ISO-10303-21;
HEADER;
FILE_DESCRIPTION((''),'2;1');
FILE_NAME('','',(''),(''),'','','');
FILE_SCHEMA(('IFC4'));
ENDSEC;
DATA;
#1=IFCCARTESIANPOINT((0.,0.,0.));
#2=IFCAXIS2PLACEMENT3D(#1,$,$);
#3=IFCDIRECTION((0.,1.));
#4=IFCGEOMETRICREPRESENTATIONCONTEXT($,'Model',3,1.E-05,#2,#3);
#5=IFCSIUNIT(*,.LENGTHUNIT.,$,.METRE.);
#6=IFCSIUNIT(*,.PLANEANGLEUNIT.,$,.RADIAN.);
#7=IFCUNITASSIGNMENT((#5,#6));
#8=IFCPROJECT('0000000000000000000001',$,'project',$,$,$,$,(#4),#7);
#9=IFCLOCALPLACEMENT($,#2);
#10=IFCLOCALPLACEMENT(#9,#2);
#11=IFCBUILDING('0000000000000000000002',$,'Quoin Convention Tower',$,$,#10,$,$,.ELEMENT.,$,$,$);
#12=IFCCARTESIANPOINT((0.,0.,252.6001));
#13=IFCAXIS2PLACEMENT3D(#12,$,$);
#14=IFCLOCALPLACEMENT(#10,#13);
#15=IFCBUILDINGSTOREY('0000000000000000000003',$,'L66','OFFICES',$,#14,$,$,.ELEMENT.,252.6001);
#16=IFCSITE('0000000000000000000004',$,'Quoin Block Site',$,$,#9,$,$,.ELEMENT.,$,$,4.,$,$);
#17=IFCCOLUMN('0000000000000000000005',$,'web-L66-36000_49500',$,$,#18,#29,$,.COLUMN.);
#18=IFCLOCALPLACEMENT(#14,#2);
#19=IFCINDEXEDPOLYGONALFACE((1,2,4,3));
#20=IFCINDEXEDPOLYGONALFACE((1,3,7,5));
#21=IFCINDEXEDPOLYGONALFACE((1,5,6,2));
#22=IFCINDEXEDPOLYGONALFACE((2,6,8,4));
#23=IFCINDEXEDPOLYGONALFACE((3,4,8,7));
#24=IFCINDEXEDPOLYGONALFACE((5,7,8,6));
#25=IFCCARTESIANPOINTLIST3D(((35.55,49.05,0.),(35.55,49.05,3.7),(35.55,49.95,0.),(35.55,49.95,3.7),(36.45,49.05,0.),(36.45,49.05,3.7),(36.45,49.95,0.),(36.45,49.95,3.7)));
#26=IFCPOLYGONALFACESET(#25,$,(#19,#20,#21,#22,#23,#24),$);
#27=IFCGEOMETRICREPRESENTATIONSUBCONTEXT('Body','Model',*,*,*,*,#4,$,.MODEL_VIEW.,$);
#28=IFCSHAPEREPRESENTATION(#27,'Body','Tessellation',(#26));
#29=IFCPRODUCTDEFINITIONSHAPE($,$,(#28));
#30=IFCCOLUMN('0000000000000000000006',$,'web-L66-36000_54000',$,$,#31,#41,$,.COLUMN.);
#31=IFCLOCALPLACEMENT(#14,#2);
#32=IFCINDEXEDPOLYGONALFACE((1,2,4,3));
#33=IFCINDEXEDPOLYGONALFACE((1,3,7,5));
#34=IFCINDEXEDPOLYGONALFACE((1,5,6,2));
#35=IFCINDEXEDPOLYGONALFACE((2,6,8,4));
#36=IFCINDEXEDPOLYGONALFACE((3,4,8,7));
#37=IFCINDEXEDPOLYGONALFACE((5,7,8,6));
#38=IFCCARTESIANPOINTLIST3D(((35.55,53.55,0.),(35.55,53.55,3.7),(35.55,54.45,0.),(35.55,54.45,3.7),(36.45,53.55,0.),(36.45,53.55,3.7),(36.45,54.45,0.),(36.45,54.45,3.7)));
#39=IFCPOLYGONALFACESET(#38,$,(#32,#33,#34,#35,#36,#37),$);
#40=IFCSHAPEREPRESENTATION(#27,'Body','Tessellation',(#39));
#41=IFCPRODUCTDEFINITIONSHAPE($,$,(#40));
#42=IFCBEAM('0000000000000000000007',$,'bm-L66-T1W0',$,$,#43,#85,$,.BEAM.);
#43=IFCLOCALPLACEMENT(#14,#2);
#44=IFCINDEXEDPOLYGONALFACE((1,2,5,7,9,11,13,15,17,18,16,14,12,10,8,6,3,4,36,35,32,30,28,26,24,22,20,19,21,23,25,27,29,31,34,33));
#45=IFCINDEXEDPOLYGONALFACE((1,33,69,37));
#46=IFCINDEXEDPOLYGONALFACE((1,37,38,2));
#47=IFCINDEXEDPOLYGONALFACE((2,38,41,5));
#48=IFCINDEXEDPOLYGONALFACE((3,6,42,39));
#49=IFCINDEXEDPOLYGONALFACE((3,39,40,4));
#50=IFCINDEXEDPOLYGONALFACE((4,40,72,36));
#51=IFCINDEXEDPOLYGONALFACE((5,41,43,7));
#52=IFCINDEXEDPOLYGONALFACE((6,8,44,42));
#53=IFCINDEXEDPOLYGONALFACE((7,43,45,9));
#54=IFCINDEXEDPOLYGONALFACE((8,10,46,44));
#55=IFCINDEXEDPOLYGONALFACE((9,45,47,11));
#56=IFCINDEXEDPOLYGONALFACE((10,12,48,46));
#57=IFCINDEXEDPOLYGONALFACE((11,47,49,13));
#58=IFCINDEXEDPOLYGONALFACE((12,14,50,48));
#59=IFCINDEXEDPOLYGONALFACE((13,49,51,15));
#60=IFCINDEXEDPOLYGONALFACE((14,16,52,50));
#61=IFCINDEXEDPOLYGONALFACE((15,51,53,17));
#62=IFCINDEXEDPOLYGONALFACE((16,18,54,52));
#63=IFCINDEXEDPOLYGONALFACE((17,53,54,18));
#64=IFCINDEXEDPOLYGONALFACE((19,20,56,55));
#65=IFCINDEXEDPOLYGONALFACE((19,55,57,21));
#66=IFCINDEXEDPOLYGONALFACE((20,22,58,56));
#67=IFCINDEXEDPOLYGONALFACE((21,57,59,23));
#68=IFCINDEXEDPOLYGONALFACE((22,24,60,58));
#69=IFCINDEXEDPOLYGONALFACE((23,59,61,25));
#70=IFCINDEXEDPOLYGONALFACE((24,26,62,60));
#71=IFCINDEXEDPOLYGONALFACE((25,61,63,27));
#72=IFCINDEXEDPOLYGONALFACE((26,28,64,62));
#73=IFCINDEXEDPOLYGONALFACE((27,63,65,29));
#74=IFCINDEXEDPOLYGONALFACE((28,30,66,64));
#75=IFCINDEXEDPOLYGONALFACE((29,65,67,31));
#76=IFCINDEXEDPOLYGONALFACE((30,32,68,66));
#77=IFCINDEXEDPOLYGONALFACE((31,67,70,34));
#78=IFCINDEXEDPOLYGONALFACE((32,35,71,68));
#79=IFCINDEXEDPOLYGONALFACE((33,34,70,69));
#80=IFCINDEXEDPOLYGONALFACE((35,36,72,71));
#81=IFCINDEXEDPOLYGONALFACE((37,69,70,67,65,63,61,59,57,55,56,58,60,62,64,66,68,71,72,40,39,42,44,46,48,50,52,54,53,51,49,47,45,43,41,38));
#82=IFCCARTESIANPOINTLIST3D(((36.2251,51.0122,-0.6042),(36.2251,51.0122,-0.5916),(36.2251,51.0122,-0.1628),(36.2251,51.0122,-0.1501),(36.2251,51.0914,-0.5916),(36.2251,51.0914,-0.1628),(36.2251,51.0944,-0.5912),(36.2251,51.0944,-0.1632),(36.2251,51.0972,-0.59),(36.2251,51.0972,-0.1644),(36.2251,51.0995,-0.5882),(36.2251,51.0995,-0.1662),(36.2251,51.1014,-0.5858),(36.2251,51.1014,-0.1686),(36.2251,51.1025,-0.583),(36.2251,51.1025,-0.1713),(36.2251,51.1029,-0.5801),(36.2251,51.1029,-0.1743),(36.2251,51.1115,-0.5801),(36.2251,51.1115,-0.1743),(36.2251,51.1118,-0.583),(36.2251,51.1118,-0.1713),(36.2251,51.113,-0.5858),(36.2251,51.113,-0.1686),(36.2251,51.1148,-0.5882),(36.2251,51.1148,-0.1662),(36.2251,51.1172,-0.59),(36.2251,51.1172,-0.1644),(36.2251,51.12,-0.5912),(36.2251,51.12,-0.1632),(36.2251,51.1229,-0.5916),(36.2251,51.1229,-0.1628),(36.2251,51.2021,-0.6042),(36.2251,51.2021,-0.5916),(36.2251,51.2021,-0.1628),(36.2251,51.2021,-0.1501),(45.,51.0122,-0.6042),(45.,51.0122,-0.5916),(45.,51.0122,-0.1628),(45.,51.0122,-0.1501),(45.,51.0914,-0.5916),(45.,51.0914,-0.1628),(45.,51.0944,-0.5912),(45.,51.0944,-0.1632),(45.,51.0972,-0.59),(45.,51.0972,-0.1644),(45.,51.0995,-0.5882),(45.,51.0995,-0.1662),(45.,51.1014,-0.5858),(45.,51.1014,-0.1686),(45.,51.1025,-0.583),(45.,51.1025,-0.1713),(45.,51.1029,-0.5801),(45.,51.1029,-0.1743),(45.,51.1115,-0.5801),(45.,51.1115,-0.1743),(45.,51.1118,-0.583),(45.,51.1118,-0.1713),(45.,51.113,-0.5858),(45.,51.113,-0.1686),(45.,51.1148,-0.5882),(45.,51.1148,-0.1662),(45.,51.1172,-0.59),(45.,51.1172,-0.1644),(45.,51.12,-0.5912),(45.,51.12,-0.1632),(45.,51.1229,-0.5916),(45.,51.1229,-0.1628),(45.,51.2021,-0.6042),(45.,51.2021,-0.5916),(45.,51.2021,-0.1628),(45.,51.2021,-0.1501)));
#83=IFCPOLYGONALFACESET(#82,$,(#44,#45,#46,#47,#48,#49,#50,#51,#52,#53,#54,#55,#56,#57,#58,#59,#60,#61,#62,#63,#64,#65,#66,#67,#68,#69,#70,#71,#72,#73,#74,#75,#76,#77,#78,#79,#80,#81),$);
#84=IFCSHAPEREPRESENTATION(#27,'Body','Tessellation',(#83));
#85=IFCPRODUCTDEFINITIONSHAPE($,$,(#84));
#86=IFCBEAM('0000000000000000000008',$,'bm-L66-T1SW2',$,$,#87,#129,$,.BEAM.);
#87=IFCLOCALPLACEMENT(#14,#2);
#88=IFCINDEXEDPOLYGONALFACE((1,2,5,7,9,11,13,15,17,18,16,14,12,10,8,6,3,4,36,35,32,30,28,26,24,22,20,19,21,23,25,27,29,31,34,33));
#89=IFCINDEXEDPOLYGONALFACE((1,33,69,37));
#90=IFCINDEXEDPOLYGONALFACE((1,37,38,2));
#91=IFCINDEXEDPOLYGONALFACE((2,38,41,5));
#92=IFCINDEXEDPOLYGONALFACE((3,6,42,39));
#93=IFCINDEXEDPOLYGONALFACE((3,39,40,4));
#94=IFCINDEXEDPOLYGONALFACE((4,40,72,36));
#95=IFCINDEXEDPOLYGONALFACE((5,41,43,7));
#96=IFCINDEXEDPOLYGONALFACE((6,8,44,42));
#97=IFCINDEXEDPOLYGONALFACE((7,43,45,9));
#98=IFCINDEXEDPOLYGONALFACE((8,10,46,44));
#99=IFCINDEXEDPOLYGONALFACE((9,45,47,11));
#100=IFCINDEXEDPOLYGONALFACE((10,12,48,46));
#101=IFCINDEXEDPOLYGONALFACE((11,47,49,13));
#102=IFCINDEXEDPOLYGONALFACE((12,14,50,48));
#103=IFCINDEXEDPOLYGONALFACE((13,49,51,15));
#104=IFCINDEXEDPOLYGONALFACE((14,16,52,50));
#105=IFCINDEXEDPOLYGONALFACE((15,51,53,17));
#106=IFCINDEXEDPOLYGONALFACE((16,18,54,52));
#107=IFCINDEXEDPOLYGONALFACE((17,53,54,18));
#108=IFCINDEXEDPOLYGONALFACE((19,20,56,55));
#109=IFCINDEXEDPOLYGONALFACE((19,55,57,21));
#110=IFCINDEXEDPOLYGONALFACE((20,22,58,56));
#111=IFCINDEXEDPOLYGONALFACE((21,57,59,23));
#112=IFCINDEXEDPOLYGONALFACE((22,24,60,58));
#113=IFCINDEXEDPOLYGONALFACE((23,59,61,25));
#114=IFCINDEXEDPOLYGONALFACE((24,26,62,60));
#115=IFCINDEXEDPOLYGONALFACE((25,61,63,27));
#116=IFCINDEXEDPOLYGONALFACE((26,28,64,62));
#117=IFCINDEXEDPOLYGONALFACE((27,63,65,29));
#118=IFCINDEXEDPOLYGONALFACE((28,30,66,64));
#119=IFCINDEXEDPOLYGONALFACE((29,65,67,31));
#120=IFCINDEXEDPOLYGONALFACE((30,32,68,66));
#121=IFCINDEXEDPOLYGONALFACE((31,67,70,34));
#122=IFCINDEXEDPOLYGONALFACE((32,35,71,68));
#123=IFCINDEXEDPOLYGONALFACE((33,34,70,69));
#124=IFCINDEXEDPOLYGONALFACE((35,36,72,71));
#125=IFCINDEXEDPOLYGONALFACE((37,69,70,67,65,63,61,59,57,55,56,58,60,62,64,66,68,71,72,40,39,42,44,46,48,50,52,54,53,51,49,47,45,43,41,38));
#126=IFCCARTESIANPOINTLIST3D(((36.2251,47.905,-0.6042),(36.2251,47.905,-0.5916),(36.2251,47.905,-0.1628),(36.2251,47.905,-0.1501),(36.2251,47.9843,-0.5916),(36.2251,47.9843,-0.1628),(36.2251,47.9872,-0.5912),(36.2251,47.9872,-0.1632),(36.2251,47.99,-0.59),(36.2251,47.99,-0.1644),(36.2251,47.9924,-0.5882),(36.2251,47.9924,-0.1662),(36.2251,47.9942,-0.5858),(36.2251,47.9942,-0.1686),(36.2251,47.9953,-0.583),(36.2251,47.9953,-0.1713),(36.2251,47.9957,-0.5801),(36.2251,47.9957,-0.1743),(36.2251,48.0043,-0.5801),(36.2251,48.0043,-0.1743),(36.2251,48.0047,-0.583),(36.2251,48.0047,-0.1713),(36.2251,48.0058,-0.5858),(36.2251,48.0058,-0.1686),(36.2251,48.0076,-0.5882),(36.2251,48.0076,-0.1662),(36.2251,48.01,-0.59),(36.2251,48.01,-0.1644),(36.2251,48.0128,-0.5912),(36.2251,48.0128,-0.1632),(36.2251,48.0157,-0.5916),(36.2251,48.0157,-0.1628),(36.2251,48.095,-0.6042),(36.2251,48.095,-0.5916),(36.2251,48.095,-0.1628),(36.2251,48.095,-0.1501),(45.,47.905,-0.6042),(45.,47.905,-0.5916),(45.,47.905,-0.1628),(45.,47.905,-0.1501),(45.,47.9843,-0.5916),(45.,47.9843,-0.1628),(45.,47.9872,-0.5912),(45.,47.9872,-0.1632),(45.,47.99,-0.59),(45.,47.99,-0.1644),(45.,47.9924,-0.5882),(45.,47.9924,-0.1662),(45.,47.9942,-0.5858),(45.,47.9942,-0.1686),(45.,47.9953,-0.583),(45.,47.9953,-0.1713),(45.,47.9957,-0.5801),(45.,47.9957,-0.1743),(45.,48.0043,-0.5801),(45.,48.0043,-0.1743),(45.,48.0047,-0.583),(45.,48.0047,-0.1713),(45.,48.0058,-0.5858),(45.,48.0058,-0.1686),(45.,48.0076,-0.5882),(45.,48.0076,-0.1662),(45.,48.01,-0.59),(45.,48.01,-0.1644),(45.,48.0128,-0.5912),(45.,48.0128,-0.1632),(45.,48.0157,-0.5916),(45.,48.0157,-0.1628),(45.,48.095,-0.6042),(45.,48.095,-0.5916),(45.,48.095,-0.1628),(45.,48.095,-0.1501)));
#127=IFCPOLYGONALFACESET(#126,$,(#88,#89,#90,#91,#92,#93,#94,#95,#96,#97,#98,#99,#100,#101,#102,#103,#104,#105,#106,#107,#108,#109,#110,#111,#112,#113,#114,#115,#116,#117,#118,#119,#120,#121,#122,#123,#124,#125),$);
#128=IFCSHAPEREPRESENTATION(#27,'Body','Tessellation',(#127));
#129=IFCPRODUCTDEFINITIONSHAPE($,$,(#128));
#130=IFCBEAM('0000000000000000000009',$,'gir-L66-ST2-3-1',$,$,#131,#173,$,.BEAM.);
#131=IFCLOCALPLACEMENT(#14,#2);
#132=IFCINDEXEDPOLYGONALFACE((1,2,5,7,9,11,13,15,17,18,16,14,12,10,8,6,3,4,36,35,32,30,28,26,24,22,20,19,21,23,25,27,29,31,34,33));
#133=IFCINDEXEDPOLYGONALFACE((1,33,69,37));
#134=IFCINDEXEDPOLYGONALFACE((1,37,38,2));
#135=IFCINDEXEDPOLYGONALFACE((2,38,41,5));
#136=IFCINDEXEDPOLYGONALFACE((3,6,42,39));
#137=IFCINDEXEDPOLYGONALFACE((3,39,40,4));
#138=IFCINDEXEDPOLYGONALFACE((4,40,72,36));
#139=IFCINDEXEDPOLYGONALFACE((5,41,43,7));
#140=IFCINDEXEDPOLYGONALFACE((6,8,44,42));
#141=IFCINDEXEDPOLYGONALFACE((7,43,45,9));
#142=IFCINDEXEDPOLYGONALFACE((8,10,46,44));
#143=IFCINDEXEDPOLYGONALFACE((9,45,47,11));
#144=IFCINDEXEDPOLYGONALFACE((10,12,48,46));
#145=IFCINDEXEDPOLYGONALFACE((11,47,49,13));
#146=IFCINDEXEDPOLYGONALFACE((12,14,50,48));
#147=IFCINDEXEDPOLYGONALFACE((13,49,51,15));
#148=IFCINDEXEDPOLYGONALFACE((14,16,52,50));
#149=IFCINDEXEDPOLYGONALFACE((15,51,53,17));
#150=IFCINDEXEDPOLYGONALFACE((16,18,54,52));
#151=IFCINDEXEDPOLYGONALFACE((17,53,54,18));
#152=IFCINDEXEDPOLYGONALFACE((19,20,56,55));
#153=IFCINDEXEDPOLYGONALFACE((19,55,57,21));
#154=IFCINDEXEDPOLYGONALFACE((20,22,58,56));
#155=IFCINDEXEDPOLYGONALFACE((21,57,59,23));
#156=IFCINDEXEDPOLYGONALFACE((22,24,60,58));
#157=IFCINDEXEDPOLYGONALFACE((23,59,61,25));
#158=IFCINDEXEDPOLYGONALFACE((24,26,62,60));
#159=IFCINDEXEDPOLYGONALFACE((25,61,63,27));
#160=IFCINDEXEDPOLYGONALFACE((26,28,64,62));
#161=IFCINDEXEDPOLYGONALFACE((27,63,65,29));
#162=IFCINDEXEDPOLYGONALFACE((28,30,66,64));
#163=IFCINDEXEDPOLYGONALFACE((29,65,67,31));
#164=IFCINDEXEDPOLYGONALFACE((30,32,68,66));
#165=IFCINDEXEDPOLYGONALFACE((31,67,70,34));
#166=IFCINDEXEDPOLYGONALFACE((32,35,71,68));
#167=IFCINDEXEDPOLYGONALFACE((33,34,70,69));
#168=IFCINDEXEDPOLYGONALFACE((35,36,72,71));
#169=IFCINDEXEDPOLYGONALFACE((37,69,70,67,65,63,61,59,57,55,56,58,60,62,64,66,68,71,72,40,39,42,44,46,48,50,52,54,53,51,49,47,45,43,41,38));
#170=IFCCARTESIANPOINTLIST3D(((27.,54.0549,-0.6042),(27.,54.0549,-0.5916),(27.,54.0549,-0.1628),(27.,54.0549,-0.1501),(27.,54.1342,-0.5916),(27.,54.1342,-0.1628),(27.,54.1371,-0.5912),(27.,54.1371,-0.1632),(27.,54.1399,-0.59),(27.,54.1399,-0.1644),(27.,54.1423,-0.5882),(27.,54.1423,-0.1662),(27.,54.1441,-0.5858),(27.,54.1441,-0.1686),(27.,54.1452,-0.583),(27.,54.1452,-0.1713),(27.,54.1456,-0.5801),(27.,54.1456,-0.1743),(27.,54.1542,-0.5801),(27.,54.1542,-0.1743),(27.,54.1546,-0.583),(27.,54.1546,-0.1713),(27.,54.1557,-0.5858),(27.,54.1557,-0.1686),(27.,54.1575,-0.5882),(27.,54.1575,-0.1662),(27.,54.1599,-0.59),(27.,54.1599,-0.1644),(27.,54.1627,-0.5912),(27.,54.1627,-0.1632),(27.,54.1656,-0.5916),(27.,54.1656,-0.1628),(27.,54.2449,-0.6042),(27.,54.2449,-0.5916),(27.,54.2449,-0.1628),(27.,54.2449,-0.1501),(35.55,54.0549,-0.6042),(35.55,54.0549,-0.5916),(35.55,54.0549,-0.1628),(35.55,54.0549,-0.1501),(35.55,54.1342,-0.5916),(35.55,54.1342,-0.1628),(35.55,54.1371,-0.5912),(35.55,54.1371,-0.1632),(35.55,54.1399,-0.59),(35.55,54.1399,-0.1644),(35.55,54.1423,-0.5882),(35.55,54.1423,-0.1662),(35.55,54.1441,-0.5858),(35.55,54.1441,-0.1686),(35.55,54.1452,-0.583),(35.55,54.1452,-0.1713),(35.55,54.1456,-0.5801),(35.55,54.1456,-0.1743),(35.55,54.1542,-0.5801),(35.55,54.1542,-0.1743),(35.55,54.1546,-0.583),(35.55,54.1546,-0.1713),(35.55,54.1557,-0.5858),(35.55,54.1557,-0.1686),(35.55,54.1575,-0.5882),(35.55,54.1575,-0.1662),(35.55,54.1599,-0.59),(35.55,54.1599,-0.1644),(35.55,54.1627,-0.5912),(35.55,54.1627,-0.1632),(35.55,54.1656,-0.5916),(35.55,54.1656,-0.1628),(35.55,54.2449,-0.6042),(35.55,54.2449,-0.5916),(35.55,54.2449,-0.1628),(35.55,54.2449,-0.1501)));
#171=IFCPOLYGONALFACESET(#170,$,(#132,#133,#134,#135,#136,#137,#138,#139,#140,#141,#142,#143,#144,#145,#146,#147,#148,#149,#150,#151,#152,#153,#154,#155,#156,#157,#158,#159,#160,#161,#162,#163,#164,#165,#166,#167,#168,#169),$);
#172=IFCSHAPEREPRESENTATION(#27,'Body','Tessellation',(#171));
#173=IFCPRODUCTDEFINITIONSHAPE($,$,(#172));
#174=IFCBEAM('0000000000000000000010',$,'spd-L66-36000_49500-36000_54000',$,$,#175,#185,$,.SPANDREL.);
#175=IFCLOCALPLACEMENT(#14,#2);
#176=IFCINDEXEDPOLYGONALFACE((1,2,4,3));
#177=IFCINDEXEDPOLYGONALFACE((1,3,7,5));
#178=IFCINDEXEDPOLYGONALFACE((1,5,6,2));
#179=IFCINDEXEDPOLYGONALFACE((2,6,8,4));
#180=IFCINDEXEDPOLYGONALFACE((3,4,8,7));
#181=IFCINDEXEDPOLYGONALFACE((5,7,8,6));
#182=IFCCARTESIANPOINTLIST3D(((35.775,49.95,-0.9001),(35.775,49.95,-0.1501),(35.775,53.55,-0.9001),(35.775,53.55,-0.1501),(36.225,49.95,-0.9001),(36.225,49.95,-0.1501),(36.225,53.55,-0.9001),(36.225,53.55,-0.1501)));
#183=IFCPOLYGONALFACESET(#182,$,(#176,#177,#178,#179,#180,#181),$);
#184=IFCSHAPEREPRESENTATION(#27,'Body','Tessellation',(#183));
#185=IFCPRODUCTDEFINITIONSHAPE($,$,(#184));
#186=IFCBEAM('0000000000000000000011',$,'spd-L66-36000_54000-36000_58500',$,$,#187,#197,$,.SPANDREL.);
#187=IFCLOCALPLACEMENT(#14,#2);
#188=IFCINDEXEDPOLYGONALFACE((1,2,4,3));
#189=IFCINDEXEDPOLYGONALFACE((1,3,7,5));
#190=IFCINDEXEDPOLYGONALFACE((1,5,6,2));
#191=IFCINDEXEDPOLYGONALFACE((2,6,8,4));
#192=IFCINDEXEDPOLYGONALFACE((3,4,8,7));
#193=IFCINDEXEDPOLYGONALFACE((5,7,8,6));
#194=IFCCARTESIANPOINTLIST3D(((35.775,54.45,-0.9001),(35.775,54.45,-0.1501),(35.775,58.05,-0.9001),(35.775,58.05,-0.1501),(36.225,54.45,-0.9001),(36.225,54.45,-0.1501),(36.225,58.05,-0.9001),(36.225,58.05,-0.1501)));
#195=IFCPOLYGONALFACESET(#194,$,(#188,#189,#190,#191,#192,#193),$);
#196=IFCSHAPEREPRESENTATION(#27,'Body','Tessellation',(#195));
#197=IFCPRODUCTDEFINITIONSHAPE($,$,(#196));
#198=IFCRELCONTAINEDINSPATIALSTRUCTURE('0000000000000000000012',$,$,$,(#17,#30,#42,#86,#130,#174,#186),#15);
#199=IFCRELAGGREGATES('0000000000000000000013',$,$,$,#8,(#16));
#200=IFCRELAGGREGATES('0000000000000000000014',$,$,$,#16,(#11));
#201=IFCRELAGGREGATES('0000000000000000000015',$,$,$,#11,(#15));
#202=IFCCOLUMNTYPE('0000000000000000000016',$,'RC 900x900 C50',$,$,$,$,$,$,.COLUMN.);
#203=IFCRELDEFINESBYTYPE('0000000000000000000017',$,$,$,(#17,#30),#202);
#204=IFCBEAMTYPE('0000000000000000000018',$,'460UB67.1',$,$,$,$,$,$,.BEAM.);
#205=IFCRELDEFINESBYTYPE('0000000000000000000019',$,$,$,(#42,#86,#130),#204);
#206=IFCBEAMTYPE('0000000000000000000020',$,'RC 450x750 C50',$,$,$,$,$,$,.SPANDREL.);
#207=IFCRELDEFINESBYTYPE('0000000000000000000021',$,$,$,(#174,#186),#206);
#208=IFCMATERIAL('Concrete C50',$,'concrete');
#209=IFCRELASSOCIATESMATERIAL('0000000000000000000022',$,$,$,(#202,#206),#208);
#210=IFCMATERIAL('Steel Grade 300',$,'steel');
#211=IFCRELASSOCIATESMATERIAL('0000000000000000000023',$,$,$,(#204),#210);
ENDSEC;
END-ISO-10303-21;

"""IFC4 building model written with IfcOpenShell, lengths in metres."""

from ifc_helpers import new_model, si_unit, direction, frame, origin, origin_2d, place, context, subcontext, project, spatial, rectangle, i_section, extrude, material, material_profile, profile_set, type_object, element, save


model = new_model("IFC4")

# Units and contexts
model_context = context("Model", 3, precision=1e-05, world=origin(), true_north=direction((0.0, 1.0)))
body_context = subcontext(model_context, "Body", "Model", "MODEL_VIEW")
ifc_project = project(units=[si_unit("LENGTHUNIT", "METRE"), si_unit("PLANEANGLEUNIT", "RADIAN")], contexts=[model_context])

# Site, building, storey
site_placement = place(None, origin())
site = spatial("IfcSite", under=ifc_project, at=site_placement, Name="Quoin Block Site", CompositionType="ELEMENT", RefElevation=4.0)
building_placement = place(site_placement, origin())
building = spatial("IfcBuilding", under=site, at=building_placement, Name="Quoin Convention Tower", CompositionType="ELEMENT")
storey_placement = place(building_placement, frame((0.0, 0.0, 252.6001)))
storey = spatial("IfcBuildingStorey", under=building, at=storey_placement, Name="L66", Description="OFFICES", CompositionType="ELEMENT", Elevation=252.6001)

# Columns
ifc_material_1 = material(Name="Concrete C50", Category="concrete")
ifc_material_profile_1 = material_profile(ifc_material_1, rectangle(XDim=0.8999, YDim=0.8999, at=origin_2d()), Name="RC 900x900")
ifc_profile_set_1 = profile_set([ifc_material_profile_1], Name="Concrete C50")
column_type = type_object("IfcColumnType", Name="RC 900x900 C50", PredefinedType="COLUMN", material=ifc_profile_set_1)
for number, where, z_axis, x_axis, name in (
    (1, (36.0, 49.5, 0.0), (0.0, 0.0, 1.0), (1.0, 0.0, 0.0), "web-L66-36000_49500"),
    (2, (36.0, 54.0, 0.0), (0.0, 0.0, 1.0), (1.0, 0.0, 0.0), "web-L66-36000_54000"),
):
    element("IfcColumn", number, at=place(storey_placement, frame(where, z_axis=z_axis, x_axis=x_axis)), inside=storey, type_object=column_type, Name=name, PredefinedType="COLUMN", context=body_context, shape_type="SweptSolid", body=[
        extrude(rectangle(XDim=0.8999, YDim=0.8999, at=origin_2d()), origin(), (0.0, 0.0, 1.0), 3.7),
    ])

# Beams
ifc_material_2 = material(Name="Steel Grade 300", Category="steel")
ifc_material_profile_2 = material_profile(ifc_material_2, i_section(OverallWidth=0.1899, OverallDepth=0.4541, WebThickness=0.0085, FlangeThickness=0.0127, FilletRadius=0.0115, at=origin_2d()), Name="460UB67.1")
ifc_profile_set_2 = profile_set([ifc_material_profile_2], Name="Steel Grade 300")
beam_type_1 = type_object("IfcBeamType", Name="460UB67.1", PredefinedType="BEAM", material=ifc_profile_set_2)
for number, where, z_axis, x_axis, name in (
    (3, (36.2251, 51.1072, -0.3772), (1.0, 0.0, 0.0), (0.0, 1.0, 0.0), "bm-L66-T1W0"),
    (4, (36.2251, 48.0, -0.3772), (1.0, 0.0, 0.0), (0.0, 1.0, 0.0), "bm-L66-T1SW2"),
):
    element("IfcBeam", number, at=place(storey_placement, frame(where, z_axis=z_axis, x_axis=x_axis)), inside=storey, type_object=beam_type_1, Name=name, PredefinedType="BEAM", context=body_context, shape_type="SweptSolid", body=[
        extrude(i_section(OverallWidth=0.1899, OverallDepth=0.4541, WebThickness=0.0085, FlangeThickness=0.0127, FilletRadius=0.0115, at=origin_2d()), origin(), (0.0, 0.0, 1.0), 8.7749),
    ])
beam_placement = place(storey_placement, frame((27.0, 54.1499, -0.3772), z_axis=(1.0, 0.0, 0.0), x_axis=(0.0, 1.0, 0.0)))
element("IfcBeam", 5, at=beam_placement, inside=storey, type_object=beam_type_1, Name="gir-L66-ST2-3-1", PredefinedType="BEAM", context=body_context, shape_type="SweptSolid", body=[
    extrude(i_section(OverallWidth=0.1899, OverallDepth=0.4541, WebThickness=0.0085, FlangeThickness=0.0127, FilletRadius=0.0115, at=origin_2d()), origin(), (0.0, 0.0, 1.0), 8.55),
])
ifc_material_profile_3 = material_profile(ifc_material_1, rectangle(XDim=0.45, YDim=0.75, at=origin_2d()), Name="RC 450x750")
ifc_profile_set_3 = profile_set([ifc_material_profile_3], Name="Concrete C50")
beam_type_2 = type_object("IfcBeamType", Name="RC 450x750 C50", PredefinedType="SPANDREL", material=ifc_profile_set_3)
for number, where, z_axis, x_axis, name in (
    (6, (36.0, 49.95, -0.5251), (0.0, 1.0, 0.0), (-1.0, 0.0, 0.0), "spd-L66-36000_49500-36000_54000"),
    (7, (36.0, 54.45, -0.5251), (0.0, 1.0, 0.0), (-1.0, 0.0, 0.0), "spd-L66-36000_54000-36000_58500"),
):
    element("IfcBeam", number, at=place(storey_placement, frame(where, z_axis=z_axis, x_axis=x_axis)), inside=storey, type_object=beam_type_2, Name=name, PredefinedType="SPANDREL", context=body_context, shape_type="SweptSolid", body=[
        extrude(rectangle(XDim=0.45, YDim=0.75, at=origin_2d()), origin(), (0.0, 0.0, 1.0), 3.6001),
    ])

save(model, "model.ifc")
